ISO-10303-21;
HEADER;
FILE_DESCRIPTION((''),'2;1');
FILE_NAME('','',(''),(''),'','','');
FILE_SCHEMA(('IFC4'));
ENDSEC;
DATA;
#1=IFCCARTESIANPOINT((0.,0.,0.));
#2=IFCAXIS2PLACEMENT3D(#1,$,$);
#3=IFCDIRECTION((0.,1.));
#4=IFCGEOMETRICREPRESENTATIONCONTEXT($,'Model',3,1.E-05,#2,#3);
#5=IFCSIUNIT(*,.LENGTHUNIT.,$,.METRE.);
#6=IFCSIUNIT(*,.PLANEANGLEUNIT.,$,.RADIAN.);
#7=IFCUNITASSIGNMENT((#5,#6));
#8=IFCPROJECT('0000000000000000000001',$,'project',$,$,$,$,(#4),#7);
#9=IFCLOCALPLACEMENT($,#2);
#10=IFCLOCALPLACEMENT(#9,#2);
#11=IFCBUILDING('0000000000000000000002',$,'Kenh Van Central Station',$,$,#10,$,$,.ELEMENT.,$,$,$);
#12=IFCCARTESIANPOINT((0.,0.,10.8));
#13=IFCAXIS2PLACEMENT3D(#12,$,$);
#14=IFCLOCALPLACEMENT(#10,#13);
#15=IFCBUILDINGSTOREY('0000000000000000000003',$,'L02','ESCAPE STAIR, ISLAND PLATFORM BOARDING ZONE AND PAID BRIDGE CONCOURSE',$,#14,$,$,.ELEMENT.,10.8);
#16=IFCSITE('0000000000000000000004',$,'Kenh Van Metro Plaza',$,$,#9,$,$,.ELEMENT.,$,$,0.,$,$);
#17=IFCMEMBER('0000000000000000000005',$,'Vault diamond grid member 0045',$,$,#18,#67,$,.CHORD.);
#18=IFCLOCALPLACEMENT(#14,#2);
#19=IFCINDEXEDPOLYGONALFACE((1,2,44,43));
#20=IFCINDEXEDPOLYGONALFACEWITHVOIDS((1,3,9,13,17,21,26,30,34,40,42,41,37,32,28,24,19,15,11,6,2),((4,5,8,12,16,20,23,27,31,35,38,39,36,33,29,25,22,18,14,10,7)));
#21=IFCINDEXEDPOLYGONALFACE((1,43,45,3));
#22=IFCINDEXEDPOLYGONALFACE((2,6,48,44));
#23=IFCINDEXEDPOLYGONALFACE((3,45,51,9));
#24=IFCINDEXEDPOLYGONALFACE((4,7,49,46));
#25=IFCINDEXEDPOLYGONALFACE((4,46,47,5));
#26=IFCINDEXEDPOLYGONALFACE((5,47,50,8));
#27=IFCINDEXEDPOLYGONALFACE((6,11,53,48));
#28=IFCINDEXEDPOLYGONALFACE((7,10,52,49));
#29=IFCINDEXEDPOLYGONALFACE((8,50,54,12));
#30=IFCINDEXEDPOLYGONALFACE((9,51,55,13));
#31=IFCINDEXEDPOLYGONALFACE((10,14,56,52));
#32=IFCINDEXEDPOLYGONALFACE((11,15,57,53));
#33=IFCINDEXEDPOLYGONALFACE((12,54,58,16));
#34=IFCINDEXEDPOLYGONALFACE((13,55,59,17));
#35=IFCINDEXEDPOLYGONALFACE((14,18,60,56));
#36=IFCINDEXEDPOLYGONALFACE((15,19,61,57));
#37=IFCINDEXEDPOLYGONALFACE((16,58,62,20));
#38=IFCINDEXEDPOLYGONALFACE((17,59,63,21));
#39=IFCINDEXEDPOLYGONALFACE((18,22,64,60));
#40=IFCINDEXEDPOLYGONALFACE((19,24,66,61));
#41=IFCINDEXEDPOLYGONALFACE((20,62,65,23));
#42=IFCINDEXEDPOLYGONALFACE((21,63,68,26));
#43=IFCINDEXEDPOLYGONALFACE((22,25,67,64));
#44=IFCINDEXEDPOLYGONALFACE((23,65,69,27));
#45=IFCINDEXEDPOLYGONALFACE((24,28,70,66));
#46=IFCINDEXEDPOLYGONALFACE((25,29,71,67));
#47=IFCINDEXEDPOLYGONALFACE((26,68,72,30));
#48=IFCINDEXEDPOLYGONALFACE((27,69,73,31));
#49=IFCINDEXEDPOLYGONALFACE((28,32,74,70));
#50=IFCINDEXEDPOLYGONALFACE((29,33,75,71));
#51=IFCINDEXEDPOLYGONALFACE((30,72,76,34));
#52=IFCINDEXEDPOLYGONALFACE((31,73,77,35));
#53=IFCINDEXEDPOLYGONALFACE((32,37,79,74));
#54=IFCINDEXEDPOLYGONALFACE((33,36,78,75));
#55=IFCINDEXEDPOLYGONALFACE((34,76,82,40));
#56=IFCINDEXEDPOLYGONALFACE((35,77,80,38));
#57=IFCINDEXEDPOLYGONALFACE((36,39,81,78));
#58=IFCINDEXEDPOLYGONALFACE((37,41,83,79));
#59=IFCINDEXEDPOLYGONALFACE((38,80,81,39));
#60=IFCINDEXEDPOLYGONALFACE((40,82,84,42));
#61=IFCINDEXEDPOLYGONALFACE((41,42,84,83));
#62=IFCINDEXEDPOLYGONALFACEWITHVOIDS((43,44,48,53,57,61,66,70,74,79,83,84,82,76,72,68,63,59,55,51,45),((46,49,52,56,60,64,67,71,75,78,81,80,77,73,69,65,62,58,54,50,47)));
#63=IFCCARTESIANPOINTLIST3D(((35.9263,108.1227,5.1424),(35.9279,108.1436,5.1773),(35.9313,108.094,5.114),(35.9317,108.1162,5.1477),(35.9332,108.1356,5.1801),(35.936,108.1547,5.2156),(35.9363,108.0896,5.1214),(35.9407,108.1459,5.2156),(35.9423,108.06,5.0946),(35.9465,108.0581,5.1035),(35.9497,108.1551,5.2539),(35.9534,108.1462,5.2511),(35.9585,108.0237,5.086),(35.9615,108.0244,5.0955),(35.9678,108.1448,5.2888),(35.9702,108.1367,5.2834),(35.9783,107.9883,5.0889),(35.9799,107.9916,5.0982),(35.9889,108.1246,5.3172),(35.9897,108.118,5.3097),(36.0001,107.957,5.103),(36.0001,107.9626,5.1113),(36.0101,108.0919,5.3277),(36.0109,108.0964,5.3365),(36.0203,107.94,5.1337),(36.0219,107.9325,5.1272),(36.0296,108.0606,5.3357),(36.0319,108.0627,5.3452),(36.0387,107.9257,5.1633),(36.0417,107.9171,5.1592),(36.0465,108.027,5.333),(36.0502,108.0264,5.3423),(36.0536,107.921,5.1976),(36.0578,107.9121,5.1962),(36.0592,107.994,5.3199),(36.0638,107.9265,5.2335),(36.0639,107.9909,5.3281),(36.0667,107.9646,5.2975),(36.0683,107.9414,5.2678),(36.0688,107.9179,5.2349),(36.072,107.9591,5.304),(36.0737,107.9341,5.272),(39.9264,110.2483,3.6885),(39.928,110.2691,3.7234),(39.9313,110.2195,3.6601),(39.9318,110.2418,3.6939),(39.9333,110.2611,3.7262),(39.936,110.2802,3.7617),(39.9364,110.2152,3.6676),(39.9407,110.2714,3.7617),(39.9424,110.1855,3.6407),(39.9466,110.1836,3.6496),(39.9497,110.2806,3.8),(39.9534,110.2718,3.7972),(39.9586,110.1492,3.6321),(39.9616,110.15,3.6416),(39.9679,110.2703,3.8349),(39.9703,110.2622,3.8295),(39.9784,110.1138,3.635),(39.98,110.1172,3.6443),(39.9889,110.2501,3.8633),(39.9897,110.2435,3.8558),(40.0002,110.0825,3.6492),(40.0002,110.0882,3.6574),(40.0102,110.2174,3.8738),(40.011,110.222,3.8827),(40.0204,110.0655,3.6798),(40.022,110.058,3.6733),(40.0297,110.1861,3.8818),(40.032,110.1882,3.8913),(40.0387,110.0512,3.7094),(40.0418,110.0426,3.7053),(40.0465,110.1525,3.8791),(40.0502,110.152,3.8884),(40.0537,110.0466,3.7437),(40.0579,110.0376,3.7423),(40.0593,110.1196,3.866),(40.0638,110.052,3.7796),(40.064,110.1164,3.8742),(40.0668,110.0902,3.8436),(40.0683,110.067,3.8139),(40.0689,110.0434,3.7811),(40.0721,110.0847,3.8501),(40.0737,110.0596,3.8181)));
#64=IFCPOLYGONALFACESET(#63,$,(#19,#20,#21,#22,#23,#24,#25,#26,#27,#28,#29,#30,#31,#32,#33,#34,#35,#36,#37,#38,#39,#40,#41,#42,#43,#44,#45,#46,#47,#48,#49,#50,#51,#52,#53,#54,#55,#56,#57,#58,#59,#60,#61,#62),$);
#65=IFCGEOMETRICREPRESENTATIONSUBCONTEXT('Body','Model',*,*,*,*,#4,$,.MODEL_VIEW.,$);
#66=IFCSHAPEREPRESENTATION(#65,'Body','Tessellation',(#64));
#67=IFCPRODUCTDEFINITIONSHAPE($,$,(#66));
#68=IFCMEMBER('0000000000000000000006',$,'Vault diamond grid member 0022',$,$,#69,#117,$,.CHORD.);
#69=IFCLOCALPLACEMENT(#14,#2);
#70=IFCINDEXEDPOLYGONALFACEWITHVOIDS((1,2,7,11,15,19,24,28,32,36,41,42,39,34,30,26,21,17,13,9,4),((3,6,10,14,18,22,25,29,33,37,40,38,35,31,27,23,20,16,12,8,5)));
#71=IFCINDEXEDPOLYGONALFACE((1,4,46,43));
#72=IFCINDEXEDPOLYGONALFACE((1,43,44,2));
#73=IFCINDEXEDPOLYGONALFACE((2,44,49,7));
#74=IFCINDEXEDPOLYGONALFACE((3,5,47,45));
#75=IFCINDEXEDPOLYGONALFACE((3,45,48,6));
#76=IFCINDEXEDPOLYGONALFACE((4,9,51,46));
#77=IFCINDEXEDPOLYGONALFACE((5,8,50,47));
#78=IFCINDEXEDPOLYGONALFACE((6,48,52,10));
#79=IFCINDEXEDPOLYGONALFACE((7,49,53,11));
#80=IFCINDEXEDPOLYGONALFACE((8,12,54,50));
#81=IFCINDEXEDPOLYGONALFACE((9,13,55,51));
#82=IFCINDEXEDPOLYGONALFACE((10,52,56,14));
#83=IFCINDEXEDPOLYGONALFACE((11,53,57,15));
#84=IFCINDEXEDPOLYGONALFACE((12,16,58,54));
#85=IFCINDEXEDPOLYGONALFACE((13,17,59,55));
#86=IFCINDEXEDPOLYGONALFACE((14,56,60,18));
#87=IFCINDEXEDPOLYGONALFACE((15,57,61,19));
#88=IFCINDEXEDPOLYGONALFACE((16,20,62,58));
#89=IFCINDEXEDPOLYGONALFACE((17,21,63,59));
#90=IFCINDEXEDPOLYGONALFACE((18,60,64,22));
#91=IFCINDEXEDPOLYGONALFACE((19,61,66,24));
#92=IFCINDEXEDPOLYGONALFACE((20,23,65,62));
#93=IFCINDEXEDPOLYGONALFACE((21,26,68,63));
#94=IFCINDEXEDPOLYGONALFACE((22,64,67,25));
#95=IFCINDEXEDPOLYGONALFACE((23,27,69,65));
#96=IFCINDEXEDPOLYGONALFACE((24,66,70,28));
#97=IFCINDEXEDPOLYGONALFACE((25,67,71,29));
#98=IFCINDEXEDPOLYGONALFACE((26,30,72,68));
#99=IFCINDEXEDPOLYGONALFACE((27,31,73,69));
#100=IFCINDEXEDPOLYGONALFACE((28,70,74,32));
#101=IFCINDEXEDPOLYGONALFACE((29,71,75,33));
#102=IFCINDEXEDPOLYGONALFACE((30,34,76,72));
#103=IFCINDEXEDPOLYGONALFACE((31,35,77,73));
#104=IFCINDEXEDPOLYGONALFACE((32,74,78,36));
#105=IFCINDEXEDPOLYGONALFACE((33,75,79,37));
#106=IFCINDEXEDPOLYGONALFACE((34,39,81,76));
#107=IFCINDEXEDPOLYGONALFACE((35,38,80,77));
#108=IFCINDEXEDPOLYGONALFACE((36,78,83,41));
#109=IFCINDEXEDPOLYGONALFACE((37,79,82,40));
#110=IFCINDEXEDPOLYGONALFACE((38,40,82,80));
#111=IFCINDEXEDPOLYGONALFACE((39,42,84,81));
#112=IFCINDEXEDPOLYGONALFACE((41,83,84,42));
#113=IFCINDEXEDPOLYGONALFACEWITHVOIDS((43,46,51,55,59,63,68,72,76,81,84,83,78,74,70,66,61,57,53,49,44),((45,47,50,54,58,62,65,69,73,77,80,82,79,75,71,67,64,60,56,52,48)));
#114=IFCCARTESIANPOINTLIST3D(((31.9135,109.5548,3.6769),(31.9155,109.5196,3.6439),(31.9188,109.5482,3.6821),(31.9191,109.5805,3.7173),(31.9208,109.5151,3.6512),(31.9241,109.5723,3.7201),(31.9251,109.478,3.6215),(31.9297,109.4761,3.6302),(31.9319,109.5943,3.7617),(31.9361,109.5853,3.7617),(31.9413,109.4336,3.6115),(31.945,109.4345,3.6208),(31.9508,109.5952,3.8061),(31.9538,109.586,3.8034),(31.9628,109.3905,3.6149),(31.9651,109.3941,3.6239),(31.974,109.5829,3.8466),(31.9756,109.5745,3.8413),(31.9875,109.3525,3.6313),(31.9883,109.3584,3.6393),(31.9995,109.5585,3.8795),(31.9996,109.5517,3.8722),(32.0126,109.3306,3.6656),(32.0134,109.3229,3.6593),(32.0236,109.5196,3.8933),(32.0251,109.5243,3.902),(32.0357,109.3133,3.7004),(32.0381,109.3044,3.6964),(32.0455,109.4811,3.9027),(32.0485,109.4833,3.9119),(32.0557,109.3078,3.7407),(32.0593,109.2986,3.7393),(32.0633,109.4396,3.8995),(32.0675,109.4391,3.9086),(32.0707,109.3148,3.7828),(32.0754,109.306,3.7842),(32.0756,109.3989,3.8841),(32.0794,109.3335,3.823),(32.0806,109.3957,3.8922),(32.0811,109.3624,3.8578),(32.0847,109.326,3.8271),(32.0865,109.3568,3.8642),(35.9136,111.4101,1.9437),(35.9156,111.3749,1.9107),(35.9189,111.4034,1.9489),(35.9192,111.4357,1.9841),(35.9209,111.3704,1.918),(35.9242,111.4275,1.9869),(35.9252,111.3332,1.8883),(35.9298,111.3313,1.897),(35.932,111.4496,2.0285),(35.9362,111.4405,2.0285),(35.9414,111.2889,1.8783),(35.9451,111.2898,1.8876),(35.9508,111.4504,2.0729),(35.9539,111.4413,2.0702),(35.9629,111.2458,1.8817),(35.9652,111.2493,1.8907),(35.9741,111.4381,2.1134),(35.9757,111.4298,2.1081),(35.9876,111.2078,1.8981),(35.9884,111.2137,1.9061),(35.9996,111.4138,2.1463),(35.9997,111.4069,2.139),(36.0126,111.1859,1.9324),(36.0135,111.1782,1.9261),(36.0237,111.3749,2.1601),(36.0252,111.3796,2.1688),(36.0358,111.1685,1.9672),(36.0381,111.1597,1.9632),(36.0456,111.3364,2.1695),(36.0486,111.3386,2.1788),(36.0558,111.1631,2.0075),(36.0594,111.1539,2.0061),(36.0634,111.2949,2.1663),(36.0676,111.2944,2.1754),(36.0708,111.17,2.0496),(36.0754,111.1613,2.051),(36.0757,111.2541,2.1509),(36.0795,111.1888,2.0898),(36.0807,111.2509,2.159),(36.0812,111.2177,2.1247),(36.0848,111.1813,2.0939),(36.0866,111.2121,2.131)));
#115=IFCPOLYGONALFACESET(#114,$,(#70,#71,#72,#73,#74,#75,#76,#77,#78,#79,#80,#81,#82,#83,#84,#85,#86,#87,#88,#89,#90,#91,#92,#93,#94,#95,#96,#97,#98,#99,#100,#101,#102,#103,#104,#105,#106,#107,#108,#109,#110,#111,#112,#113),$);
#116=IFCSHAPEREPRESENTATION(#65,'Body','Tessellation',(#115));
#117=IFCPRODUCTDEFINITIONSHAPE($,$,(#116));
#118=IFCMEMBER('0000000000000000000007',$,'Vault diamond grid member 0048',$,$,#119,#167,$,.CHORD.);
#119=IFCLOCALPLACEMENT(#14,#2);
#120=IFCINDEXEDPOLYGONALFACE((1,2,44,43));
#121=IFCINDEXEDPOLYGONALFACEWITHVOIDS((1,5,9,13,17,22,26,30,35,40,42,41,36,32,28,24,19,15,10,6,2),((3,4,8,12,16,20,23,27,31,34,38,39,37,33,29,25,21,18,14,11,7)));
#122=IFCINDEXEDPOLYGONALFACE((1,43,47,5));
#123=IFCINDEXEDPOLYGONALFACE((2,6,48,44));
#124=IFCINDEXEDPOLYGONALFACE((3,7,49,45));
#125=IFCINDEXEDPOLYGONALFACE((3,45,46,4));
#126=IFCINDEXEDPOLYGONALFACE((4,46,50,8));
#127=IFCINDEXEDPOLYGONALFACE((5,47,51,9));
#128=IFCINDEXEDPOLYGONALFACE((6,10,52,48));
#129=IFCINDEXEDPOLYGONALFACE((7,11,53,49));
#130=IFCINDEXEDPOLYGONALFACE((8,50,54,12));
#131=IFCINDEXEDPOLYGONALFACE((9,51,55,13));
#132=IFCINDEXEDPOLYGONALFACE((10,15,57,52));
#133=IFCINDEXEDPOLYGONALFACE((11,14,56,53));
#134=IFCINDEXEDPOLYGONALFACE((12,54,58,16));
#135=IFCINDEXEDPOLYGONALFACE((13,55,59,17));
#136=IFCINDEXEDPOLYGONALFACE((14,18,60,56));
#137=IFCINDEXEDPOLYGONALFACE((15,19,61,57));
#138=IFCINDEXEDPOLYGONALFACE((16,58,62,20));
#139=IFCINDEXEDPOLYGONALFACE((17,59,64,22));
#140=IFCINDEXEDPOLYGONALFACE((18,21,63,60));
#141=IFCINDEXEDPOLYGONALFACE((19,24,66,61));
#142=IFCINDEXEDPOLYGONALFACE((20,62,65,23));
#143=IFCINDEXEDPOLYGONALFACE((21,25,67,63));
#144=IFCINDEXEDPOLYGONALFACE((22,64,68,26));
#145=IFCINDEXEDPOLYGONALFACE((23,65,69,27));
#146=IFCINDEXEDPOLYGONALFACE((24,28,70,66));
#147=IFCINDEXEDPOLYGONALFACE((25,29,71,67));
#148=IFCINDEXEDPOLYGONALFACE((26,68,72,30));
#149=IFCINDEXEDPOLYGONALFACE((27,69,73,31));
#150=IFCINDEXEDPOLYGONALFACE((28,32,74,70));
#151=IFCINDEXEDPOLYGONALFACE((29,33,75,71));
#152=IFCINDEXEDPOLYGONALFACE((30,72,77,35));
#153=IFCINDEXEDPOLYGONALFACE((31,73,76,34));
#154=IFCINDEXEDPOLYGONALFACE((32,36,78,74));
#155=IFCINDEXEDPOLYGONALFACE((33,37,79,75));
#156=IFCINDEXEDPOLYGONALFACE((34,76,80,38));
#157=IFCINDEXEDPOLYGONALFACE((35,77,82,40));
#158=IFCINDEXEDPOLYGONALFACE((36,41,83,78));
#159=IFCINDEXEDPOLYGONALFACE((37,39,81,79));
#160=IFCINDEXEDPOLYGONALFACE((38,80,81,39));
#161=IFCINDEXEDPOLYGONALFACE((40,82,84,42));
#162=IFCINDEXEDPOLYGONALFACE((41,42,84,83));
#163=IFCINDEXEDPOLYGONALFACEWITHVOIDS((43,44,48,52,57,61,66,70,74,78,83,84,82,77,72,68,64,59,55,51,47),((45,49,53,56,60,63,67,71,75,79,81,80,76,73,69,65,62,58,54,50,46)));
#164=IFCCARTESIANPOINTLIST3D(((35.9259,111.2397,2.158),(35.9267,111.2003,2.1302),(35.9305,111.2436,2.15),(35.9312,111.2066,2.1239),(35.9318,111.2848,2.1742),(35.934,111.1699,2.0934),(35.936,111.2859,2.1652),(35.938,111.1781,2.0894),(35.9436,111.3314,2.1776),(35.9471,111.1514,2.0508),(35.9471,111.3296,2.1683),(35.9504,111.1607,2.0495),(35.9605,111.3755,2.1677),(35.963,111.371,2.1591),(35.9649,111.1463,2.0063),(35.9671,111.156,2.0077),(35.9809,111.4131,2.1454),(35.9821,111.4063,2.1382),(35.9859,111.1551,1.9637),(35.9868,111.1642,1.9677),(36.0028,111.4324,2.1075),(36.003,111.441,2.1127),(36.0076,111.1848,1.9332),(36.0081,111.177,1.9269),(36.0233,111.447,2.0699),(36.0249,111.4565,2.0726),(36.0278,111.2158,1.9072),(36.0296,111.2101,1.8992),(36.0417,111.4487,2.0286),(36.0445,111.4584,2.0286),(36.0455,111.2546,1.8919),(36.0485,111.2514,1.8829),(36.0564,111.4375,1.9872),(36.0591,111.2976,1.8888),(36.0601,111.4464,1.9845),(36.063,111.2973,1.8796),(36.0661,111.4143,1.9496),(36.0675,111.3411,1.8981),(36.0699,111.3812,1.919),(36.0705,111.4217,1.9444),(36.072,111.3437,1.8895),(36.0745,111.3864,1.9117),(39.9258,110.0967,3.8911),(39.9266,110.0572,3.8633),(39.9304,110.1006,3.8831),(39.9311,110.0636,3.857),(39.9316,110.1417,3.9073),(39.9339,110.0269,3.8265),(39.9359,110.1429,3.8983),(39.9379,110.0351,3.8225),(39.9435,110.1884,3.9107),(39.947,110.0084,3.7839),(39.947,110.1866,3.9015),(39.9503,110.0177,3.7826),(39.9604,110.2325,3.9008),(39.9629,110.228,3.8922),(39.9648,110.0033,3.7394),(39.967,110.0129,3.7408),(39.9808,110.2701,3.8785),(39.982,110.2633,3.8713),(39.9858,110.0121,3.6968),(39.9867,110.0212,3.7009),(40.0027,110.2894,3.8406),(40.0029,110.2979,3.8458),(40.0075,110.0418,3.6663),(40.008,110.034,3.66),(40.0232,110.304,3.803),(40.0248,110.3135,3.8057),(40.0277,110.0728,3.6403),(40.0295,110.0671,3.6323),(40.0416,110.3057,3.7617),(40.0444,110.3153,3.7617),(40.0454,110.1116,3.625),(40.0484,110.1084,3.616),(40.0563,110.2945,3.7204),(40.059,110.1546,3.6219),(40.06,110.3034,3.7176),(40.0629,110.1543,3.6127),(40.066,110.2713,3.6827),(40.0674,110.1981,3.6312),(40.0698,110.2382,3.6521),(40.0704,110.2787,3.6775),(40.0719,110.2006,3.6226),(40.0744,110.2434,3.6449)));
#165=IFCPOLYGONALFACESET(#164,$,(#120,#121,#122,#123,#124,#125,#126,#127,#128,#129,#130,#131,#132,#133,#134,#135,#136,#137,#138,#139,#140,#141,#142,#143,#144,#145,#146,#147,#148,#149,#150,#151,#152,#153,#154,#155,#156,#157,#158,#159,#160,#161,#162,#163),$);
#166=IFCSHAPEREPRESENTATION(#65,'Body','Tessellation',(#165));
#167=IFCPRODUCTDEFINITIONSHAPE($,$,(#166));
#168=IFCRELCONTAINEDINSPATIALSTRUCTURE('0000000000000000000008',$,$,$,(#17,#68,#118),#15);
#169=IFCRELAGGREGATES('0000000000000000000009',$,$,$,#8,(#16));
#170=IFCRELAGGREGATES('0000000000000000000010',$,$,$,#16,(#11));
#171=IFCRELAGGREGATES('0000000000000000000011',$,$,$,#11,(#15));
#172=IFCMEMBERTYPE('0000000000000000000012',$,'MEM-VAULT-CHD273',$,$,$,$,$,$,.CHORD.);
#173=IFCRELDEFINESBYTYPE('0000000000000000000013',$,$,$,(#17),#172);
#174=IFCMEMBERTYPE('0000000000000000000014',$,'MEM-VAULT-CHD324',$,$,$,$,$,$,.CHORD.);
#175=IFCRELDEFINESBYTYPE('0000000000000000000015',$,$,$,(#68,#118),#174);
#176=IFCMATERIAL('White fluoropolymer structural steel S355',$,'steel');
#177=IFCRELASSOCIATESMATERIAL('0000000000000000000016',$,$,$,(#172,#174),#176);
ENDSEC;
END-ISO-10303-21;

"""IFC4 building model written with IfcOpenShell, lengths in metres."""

from ifc_helpers import new_model, si_unit, direction, frame, origin, origin_2d, place, context, subcontext, project, spatial, hollow_circle, extrude, material, material_profile, profile_set, type_object, element, save


model = new_model("IFC4")

# Units and contexts
model_context = context("Model", 3, precision=1e-05, world=origin(), true_north=direction((0.0, 1.0)))
body_context = subcontext(model_context, "Body", "Model", "MODEL_VIEW")
ifc_project = project(units=[si_unit("LENGTHUNIT", "METRE"), si_unit("PLANEANGLEUNIT", "RADIAN")], contexts=[model_context])

# Site, building, storey
site_placement = place(None, origin())
site = spatial("IfcSite", under=ifc_project, at=site_placement, Name="Kenh Van Metro Plaza", CompositionType="ELEMENT", RefElevation=0.0)
building_placement = place(site_placement, origin())
building = spatial("IfcBuilding", under=site, at=building_placement, Name="Kenh Van Central Station", CompositionType="ELEMENT")
storey_placement = place(building_placement, frame((0.0, 0.0, 10.8)))
storey = spatial("IfcBuildingStorey", under=building, at=storey_placement, Name="L02", Description="ESCAPE STAIR, ISLAND PLATFORM BOARDING ZONE AND PAID BRIDGE CONCOURSE", CompositionType="ELEMENT", Elevation=10.8)

# Shared definitions
ifc_material_1 = material(Name="White fluoropolymer structural steel S355", Category="steel")

# Members
ifc_material_profile_1 = material_profile(ifc_material_1, hollow_circle(Radius=0.1365, WallThickness=0.01, at=origin_2d()), Name="CHS 273x10")
ifc_profile_set_1 = profile_set([ifc_material_profile_1], Name="White fluoropolymer structural steel S355")
member_type_1 = type_object("IfcMemberType", Name="MEM-VAULT-CHD273", PredefinedType="CHORD", material=ifc_profile_set_1)
member_1_placement = place(storey_placement, frame((36.0, 108.0342, 5.2156), z_axis=(0.840822, 0.44679, -0.305609), x_axis=(-0.469239, 0.883071, 0.0)))
element("IfcMember", 1, at=member_1_placement, inside=storey, type_object=member_type_1, Name="Vault diamond grid member 0045", PredefinedType="CHORD", context=body_context, shape_type="SweptSolid", body=[
    extrude(hollow_circle(Radius=0.1365, WallThickness=0.01, at=origin_2d()), origin(), (0.0, 0.0, 1.0), 4.7573),
])
ifc_material_profile_2 = material_profile(ifc_material_1, hollow_circle(Radius=0.1619, WallThickness=0.01, at=origin_2d()), Name="CHS 323.9x10")
ifc_profile_set_2 = profile_set([ifc_material_profile_2], Name="White fluoropolymer structural steel S355")
member_type_2 = type_object("IfcMemberType", Name="MEM-VAULT-CHD324", PredefinedType="CHORD", material=ifc_profile_set_2)
member_2_placement = place(storey_placement, frame((32.0, 109.4475, 3.7617), z_axis=(0.844294, 0.391589, -0.365823), x_axis=(-0.420753, 0.907175, 0.0)))
element("IfcMember", 2, at=member_2_placement, inside=storey, type_object=member_type_2, Name="Vault diamond grid member 0022", PredefinedType="CHORD", context=body_context, shape_type="SweptSolid", body=[
    extrude(hollow_circle(Radius=0.1619, WallThickness=0.01, at=origin_2d()), origin(), (0.0, 0.0, 1.0), 4.7378),
])
member_3_placement = place(storey_placement, frame((36.0, 111.3027, 2.0286), z_axis=(0.887566, -0.253637, 0.384572), x_axis=(0.274768, 0.961511, 0.0)))
element("IfcMember", 3, at=member_3_placement, inside=storey, type_object=member_type_2, Name="Vault diamond grid member 0048", PredefinedType="CHORD", context=body_context, shape_type="SweptSolid", body=[
    extrude(hollow_circle(Radius=0.1619, WallThickness=0.01, at=origin_2d()), origin(), (0.0, 0.0, 1.0), 4.5066),
])

save(model, "model.ifc")
